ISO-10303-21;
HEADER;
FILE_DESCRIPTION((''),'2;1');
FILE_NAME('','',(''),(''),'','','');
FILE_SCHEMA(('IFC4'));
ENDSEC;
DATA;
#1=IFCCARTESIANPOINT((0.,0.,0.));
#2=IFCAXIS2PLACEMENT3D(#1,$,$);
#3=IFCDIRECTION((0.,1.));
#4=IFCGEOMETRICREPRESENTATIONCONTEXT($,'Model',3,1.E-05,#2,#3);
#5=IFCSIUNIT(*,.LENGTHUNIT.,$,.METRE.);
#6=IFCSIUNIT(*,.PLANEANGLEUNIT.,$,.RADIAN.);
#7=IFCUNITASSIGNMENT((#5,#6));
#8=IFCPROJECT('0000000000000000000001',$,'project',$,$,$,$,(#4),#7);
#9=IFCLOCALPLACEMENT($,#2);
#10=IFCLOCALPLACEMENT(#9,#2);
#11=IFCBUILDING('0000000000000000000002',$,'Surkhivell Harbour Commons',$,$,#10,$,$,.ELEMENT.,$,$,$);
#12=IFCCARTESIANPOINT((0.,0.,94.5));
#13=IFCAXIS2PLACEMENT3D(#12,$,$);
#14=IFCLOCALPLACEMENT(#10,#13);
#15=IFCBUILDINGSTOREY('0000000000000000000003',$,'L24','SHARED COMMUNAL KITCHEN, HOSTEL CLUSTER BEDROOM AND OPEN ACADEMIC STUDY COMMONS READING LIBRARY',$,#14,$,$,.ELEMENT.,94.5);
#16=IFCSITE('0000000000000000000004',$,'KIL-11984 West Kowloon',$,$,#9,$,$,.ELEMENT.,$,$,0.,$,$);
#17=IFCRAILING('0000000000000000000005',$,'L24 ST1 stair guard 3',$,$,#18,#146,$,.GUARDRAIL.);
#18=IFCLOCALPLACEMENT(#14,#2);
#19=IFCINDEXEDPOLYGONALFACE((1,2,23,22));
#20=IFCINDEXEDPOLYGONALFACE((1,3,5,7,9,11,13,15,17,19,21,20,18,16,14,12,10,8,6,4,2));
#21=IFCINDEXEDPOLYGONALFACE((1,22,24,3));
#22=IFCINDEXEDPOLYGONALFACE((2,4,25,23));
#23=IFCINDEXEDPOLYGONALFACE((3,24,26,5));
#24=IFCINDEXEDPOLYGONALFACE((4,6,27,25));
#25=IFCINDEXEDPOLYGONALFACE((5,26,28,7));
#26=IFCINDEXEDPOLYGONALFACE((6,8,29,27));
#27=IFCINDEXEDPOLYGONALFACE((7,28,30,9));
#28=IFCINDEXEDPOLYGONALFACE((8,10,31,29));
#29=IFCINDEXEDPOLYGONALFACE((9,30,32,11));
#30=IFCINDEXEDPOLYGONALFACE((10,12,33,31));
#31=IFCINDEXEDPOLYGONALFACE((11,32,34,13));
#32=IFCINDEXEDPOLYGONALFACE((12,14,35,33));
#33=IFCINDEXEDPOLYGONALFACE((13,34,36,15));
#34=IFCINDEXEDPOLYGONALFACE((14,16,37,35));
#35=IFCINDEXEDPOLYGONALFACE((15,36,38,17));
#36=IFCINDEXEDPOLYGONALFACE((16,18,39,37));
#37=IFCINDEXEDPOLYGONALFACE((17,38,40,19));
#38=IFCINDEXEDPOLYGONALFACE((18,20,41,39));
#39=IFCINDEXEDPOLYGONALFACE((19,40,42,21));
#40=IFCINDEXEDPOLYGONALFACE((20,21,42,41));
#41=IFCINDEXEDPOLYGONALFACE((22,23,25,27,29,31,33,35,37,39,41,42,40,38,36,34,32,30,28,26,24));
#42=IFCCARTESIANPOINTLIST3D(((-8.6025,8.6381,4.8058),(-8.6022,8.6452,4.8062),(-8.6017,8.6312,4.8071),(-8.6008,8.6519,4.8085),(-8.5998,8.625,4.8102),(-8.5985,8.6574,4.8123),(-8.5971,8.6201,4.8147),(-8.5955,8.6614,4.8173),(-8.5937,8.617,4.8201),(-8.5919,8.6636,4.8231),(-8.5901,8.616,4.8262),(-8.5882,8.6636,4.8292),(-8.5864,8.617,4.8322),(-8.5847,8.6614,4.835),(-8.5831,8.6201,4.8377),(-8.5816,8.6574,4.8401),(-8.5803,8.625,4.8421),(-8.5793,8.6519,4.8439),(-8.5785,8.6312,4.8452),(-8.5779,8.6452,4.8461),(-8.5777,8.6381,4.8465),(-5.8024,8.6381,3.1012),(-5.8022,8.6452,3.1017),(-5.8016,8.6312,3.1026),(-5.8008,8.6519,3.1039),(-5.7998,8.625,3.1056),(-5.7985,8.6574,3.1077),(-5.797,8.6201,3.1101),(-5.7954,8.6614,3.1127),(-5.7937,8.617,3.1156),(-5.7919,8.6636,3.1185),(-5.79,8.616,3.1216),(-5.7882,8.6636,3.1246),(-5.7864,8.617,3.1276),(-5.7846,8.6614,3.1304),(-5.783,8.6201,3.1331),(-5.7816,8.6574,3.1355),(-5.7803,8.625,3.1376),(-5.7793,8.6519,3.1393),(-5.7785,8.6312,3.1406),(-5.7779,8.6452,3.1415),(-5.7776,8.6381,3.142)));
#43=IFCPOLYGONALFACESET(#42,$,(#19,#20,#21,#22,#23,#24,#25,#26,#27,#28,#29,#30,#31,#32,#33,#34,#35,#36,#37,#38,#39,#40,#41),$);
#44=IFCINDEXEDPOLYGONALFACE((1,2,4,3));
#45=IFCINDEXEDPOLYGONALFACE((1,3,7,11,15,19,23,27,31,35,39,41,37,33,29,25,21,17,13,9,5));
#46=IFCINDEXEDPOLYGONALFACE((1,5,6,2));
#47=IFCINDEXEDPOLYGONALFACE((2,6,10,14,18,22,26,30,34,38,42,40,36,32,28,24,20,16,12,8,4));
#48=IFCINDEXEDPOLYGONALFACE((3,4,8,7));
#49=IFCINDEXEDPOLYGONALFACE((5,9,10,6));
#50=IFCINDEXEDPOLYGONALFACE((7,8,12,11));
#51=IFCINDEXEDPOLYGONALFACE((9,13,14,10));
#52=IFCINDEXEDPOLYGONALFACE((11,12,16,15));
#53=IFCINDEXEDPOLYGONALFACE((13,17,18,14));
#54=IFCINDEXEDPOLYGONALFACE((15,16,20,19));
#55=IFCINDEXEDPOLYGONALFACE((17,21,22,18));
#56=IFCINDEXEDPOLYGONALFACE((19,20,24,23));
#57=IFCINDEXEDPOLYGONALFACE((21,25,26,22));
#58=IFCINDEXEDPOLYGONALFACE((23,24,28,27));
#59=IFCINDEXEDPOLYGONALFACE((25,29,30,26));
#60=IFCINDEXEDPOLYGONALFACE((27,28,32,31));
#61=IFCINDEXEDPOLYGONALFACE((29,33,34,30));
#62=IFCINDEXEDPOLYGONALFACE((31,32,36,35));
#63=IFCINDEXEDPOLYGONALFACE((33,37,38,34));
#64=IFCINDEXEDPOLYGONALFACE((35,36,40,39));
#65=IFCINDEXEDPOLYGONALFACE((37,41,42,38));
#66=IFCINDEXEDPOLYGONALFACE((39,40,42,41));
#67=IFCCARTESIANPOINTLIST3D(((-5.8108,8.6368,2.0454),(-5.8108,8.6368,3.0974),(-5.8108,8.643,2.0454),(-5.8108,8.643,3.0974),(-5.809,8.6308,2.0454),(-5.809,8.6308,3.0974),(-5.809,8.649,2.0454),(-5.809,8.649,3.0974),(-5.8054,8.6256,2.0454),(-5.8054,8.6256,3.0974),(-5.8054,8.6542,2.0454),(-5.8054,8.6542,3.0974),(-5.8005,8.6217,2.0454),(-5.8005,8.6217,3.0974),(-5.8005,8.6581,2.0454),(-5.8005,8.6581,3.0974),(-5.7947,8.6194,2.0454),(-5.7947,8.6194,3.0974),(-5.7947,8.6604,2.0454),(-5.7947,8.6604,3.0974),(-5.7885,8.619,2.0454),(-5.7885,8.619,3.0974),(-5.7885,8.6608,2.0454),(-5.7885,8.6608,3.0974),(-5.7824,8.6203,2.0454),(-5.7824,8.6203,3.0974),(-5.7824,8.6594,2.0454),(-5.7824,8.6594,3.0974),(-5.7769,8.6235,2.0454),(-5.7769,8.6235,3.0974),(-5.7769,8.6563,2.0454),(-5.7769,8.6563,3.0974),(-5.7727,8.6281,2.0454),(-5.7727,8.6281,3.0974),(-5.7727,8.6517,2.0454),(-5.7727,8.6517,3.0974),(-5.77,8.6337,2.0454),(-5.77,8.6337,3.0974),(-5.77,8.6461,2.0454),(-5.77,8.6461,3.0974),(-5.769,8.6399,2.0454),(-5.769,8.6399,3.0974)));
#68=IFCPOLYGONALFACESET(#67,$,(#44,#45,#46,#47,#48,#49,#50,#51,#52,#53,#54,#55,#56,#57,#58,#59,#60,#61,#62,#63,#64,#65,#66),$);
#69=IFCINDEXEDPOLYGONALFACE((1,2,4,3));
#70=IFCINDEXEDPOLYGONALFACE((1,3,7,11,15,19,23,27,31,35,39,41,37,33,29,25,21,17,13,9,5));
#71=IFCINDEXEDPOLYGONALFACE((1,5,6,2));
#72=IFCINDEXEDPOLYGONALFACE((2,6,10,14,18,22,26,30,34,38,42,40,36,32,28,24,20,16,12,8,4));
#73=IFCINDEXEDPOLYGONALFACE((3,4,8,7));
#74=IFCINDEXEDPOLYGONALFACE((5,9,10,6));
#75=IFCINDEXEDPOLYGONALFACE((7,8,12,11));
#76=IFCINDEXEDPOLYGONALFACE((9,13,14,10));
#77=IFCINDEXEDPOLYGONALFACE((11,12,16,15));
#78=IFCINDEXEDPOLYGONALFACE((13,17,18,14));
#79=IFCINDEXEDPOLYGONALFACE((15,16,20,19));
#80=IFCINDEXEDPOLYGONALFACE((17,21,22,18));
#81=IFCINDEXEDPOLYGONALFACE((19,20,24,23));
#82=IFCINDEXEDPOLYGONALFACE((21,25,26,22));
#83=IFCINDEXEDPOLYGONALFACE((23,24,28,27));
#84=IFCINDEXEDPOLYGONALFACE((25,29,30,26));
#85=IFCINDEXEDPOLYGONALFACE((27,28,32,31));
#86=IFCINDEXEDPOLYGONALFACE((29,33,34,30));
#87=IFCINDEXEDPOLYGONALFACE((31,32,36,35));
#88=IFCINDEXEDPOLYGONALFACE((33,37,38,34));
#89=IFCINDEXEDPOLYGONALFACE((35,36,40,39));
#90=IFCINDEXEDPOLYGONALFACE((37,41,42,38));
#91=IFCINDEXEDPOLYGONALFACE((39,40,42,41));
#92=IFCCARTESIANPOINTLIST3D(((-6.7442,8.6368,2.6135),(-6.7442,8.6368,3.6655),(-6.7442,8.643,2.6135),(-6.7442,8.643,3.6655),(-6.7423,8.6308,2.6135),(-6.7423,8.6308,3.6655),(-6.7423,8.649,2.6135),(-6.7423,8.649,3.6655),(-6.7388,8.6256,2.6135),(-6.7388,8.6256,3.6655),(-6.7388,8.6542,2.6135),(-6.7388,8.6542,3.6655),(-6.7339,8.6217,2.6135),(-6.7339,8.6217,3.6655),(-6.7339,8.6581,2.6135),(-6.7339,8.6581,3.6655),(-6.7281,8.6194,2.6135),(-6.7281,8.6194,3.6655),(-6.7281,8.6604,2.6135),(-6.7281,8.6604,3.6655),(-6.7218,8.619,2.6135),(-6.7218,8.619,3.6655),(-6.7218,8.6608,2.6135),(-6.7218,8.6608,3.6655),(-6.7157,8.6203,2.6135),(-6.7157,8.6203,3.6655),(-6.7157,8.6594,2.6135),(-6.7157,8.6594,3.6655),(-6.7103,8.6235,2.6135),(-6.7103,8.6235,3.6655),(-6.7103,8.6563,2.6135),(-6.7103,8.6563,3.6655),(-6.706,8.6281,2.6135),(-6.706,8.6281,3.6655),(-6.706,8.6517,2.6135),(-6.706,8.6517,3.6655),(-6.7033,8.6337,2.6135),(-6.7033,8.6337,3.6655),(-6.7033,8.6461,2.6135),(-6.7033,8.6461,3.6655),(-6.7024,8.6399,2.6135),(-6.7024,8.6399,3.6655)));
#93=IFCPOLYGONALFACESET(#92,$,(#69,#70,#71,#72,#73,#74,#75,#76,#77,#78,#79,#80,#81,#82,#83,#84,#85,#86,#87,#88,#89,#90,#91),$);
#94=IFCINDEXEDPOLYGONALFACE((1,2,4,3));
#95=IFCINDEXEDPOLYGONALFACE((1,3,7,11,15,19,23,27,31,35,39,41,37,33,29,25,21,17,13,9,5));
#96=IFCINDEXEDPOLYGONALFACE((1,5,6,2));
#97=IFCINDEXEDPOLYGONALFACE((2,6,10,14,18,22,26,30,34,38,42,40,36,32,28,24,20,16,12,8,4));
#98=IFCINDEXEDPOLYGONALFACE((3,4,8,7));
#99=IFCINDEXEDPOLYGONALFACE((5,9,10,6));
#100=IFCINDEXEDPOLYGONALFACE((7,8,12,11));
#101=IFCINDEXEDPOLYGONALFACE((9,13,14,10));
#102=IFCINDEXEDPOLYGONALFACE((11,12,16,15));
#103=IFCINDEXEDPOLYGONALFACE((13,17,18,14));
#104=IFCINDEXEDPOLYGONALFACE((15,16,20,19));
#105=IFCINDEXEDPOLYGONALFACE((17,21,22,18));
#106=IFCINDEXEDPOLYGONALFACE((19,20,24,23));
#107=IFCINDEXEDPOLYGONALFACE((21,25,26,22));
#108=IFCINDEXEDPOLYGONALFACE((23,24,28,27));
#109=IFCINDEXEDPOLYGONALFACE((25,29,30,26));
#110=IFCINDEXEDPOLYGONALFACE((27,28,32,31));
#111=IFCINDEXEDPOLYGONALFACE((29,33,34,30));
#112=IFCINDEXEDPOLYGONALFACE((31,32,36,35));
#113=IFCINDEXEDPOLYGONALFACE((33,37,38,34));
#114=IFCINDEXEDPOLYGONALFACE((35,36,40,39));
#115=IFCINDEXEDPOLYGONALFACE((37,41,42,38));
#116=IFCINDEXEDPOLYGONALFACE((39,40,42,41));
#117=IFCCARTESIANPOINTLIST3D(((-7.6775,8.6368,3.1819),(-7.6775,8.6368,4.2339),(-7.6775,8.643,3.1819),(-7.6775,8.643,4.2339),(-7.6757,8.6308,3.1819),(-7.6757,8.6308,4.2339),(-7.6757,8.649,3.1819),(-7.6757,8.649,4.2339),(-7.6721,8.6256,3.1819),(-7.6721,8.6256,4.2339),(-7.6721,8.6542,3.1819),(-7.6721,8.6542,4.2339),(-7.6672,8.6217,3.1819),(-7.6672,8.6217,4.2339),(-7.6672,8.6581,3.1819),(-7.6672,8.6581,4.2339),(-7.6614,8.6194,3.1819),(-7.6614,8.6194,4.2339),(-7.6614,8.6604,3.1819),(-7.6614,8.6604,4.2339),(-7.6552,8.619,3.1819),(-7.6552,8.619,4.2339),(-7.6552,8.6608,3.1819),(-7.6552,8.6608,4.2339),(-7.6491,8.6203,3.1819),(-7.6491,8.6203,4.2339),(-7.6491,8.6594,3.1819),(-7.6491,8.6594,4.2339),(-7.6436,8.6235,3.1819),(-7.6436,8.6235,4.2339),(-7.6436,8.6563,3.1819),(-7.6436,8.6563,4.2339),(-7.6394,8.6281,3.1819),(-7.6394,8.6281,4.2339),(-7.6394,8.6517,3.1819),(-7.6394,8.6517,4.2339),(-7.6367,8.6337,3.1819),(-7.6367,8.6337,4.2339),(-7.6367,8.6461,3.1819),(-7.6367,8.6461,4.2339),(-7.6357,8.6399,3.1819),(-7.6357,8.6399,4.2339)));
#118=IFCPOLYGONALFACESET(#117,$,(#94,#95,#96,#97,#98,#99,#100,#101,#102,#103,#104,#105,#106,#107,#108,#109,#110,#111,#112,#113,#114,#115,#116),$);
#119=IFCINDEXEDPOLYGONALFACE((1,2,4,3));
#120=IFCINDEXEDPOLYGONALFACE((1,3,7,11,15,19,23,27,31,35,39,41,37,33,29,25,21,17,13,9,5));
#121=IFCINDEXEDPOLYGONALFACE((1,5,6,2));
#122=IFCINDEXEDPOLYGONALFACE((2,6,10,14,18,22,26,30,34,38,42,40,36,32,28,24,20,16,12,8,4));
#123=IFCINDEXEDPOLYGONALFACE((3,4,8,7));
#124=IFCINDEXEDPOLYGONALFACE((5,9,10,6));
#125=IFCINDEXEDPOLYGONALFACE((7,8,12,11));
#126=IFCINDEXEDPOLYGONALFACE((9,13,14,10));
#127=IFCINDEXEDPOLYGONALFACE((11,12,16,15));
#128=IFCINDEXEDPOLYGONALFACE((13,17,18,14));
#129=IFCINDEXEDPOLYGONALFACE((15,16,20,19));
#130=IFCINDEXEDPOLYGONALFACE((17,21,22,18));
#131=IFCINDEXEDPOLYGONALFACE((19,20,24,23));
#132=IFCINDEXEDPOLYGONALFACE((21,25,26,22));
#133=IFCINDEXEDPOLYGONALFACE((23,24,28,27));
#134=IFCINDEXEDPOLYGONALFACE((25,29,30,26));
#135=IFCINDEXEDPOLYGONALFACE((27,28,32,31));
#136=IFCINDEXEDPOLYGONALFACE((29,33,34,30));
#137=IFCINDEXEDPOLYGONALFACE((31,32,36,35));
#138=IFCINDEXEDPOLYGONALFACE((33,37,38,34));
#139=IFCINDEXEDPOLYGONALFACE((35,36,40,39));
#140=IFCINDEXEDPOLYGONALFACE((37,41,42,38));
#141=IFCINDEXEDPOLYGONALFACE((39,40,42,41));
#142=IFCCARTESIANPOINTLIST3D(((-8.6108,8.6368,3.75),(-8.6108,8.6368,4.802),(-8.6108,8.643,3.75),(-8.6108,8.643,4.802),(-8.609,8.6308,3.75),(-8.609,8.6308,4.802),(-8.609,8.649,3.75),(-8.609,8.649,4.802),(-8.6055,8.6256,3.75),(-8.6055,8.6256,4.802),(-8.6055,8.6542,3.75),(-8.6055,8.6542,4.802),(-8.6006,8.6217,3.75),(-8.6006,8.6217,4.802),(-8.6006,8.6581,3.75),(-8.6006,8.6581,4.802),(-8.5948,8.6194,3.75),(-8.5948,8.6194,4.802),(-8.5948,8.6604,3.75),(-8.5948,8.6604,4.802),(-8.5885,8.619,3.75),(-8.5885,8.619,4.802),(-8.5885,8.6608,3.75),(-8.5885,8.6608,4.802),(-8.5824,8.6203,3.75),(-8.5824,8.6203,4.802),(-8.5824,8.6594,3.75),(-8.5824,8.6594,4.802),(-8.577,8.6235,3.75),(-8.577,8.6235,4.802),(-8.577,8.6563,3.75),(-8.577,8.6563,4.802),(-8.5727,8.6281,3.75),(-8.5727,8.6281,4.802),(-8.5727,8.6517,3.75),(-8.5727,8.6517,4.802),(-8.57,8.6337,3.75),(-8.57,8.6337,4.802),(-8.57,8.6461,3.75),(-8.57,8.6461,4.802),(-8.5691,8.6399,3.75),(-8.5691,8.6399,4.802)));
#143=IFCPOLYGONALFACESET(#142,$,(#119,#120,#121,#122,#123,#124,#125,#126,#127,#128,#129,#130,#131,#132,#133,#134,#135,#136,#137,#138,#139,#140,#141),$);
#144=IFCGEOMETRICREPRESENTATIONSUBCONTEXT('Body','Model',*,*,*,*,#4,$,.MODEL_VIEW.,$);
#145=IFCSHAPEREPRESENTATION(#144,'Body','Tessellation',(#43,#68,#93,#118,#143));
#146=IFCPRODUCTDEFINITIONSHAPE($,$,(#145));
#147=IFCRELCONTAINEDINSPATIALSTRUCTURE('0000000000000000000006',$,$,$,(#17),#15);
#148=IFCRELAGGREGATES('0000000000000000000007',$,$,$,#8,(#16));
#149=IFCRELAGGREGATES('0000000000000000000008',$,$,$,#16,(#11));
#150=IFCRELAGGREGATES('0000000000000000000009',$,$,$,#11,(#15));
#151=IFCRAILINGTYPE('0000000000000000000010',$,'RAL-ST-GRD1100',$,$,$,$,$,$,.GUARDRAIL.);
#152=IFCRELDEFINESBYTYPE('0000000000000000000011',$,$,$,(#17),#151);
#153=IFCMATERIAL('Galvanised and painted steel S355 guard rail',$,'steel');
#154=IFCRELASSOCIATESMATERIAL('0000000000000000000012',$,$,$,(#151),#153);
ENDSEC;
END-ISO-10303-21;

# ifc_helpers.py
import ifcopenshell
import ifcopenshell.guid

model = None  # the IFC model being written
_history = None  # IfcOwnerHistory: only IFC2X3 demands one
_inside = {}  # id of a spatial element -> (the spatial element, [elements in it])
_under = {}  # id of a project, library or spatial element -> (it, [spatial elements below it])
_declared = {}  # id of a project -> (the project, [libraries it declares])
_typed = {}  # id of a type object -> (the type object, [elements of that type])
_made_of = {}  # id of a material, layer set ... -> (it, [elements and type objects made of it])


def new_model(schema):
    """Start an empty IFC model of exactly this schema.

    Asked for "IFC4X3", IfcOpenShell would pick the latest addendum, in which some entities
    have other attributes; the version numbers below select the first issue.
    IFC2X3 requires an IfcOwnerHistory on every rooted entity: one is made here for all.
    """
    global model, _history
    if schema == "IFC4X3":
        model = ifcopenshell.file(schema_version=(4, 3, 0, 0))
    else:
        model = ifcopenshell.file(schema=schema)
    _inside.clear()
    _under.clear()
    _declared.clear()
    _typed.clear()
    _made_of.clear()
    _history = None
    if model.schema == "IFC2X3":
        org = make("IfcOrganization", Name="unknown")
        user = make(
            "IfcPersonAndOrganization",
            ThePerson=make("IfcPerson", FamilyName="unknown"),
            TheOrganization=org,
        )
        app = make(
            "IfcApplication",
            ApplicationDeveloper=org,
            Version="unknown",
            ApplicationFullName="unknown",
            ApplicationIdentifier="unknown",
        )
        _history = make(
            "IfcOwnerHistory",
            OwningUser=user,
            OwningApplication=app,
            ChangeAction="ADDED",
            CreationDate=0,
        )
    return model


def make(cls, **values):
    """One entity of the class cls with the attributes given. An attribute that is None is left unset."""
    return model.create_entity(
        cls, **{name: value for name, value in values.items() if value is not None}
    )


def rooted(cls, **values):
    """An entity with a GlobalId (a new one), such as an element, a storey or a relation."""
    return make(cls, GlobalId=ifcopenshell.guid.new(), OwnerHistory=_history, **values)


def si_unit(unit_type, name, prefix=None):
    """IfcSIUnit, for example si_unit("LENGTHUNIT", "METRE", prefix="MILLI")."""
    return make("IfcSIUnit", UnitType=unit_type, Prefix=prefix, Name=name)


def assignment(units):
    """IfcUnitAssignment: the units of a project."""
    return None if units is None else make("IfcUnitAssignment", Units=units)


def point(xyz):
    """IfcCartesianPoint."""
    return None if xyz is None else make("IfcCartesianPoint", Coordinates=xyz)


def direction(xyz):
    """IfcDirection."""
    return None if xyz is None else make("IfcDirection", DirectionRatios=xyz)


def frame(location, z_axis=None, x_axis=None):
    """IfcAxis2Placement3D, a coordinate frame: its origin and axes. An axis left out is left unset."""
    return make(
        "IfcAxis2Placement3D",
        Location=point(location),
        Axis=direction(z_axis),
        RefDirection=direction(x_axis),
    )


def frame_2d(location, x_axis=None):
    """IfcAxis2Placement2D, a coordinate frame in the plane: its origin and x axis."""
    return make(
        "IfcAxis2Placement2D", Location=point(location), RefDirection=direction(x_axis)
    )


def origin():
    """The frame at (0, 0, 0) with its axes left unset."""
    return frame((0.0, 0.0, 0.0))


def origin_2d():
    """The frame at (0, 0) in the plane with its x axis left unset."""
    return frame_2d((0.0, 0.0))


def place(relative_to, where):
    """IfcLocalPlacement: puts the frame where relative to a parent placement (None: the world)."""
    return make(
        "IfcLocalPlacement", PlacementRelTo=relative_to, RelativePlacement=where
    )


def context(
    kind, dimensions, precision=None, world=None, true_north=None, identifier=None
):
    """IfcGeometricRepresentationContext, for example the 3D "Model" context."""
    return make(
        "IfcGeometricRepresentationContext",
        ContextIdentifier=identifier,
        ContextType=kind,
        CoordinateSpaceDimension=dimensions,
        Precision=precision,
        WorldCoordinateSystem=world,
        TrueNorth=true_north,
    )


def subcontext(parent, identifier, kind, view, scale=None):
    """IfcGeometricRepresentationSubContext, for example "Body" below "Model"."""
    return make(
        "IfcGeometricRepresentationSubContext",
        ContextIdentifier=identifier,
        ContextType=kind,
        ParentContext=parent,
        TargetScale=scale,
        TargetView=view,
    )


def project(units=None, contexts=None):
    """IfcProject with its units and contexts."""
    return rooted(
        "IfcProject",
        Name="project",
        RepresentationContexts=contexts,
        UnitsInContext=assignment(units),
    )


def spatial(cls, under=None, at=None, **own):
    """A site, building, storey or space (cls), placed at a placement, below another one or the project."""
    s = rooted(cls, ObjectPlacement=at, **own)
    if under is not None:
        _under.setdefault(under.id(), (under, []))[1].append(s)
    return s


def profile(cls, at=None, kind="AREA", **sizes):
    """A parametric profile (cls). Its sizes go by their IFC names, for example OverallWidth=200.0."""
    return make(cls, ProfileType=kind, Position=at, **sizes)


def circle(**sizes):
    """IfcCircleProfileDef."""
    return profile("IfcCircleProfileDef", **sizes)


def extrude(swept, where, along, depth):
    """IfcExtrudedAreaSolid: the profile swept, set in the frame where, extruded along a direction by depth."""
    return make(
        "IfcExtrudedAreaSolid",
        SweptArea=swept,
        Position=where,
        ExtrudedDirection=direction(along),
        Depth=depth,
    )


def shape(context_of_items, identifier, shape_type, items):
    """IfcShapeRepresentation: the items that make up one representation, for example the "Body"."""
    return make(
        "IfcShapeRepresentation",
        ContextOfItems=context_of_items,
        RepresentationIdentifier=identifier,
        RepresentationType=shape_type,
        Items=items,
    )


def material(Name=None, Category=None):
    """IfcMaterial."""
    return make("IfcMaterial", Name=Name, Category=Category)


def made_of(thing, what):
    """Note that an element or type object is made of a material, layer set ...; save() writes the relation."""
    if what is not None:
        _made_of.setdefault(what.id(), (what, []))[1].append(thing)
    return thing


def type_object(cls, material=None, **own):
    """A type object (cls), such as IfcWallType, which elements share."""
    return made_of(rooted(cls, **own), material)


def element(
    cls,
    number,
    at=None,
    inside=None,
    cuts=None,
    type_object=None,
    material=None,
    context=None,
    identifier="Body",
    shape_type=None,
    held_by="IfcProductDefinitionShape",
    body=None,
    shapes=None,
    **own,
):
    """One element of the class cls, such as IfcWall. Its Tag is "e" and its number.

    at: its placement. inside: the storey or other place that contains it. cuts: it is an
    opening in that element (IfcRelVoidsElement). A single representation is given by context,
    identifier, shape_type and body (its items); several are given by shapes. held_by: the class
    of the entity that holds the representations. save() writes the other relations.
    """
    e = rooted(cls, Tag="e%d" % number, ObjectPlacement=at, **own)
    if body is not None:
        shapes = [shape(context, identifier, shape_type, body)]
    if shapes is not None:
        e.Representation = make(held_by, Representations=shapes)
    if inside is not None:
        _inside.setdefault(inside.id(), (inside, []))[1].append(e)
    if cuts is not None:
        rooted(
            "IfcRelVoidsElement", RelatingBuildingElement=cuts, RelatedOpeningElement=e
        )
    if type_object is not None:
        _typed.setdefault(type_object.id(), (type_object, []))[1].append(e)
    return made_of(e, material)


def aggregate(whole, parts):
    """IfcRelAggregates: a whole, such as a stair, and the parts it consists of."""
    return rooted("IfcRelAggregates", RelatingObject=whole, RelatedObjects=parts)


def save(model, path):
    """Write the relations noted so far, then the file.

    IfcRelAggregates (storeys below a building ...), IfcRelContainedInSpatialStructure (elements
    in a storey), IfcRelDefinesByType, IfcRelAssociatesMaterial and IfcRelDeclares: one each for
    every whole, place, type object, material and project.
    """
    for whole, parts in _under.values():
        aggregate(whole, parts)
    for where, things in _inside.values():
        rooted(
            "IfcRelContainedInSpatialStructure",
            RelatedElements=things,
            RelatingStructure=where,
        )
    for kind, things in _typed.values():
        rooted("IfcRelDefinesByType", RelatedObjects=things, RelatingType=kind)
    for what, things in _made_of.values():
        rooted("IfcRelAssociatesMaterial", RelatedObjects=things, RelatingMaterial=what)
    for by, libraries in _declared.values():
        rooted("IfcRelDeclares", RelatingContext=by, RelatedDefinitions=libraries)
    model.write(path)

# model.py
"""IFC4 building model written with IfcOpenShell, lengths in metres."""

from ifc_helpers import new_model, si_unit, direction, frame, origin, origin_2d, place, context, subcontext, project, spatial, circle, extrude, material, type_object, element, save


model = new_model("IFC4")

# Units and contexts
model_context = context("Model", 3, precision=1e-05, world=origin(), true_north=direction((0.0, 1.0)))
body_context = subcontext(model_context, "Body", "Model", "MODEL_VIEW")
ifc_project = project(units=[si_unit("LENGTHUNIT", "METRE"), si_unit("PLANEANGLEUNIT", "RADIAN")], contexts=[model_context])

# Site, building, storey
site_placement = place(None, origin())
site = spatial("IfcSite", under=ifc_project, at=site_placement, Name="KIL-11984 West Kowloon", CompositionType="ELEMENT", RefElevation=0.0)
building_placement = place(site_placement, origin())
building = spatial("IfcBuilding", under=site, at=building_placement, Name="Surkhivell Harbour Commons", CompositionType="ELEMENT")
storey_placement = place(building_placement, frame((0.0, 0.0, 94.5)))
storey = spatial("IfcBuildingStorey", under=building, at=storey_placement, Name="L24", Description="SHARED COMMUNAL KITCHEN, HOSTEL CLUSTER BEDROOM AND OPEN ACADEMIC STUDY COMMONS READING LIBRARY", CompositionType="ELEMENT", Elevation=94.5)

# Railing
ifc_material_1 = material(Name="Galvanised and painted steel S355 guard rail", Category="steel")
railing_type_1 = type_object("IfcRailingType", Name="RAL-ST-GRD1100", PredefinedType="GUARDRAIL", material=ifc_material_1)
railing_1_placement = place(storey_placement, frame((-5.79, 8.6399, 2.0454)))
element("IfcRailing", 1, at=railing_1_placement, inside=storey, type_object=railing_type_1, Name="L24 ST1 stair guard 3", PredefinedType="GUARDRAIL", context=body_context, shape_type="SweptSolid", body=[
    extrude(circle(Radius=0.0239, at=origin_2d()), frame((0.0, 0.0, 1.0762), z_axis=(-0.85417, 0.0, 0.519994), x_axis=(0.0, -1.0, 0.0)), (0.0, 0.0, 1.0), 3.2781),
    extrude(circle(Radius=0.021, at=origin_2d()), origin(), (0.0, 0.0, 1.0), 1.052),
    extrude(circle(Radius=0.021, at=origin_2d()), frame((-0.9333, 0.0, 0.5681)), (0.0, 0.0, 1.0), 1.052),
    extrude(circle(Radius=0.021, at=origin_2d()), frame((-1.8667, 0.0, 1.1365)), (0.0, 0.0, 1.0), 1.052),
    extrude(circle(Radius=0.021, at=origin_2d()), frame((-2.8, 0.0, 1.7046)), (0.0, 0.0, 1.0), 1.052),
])

save(model, "model.ifc")
